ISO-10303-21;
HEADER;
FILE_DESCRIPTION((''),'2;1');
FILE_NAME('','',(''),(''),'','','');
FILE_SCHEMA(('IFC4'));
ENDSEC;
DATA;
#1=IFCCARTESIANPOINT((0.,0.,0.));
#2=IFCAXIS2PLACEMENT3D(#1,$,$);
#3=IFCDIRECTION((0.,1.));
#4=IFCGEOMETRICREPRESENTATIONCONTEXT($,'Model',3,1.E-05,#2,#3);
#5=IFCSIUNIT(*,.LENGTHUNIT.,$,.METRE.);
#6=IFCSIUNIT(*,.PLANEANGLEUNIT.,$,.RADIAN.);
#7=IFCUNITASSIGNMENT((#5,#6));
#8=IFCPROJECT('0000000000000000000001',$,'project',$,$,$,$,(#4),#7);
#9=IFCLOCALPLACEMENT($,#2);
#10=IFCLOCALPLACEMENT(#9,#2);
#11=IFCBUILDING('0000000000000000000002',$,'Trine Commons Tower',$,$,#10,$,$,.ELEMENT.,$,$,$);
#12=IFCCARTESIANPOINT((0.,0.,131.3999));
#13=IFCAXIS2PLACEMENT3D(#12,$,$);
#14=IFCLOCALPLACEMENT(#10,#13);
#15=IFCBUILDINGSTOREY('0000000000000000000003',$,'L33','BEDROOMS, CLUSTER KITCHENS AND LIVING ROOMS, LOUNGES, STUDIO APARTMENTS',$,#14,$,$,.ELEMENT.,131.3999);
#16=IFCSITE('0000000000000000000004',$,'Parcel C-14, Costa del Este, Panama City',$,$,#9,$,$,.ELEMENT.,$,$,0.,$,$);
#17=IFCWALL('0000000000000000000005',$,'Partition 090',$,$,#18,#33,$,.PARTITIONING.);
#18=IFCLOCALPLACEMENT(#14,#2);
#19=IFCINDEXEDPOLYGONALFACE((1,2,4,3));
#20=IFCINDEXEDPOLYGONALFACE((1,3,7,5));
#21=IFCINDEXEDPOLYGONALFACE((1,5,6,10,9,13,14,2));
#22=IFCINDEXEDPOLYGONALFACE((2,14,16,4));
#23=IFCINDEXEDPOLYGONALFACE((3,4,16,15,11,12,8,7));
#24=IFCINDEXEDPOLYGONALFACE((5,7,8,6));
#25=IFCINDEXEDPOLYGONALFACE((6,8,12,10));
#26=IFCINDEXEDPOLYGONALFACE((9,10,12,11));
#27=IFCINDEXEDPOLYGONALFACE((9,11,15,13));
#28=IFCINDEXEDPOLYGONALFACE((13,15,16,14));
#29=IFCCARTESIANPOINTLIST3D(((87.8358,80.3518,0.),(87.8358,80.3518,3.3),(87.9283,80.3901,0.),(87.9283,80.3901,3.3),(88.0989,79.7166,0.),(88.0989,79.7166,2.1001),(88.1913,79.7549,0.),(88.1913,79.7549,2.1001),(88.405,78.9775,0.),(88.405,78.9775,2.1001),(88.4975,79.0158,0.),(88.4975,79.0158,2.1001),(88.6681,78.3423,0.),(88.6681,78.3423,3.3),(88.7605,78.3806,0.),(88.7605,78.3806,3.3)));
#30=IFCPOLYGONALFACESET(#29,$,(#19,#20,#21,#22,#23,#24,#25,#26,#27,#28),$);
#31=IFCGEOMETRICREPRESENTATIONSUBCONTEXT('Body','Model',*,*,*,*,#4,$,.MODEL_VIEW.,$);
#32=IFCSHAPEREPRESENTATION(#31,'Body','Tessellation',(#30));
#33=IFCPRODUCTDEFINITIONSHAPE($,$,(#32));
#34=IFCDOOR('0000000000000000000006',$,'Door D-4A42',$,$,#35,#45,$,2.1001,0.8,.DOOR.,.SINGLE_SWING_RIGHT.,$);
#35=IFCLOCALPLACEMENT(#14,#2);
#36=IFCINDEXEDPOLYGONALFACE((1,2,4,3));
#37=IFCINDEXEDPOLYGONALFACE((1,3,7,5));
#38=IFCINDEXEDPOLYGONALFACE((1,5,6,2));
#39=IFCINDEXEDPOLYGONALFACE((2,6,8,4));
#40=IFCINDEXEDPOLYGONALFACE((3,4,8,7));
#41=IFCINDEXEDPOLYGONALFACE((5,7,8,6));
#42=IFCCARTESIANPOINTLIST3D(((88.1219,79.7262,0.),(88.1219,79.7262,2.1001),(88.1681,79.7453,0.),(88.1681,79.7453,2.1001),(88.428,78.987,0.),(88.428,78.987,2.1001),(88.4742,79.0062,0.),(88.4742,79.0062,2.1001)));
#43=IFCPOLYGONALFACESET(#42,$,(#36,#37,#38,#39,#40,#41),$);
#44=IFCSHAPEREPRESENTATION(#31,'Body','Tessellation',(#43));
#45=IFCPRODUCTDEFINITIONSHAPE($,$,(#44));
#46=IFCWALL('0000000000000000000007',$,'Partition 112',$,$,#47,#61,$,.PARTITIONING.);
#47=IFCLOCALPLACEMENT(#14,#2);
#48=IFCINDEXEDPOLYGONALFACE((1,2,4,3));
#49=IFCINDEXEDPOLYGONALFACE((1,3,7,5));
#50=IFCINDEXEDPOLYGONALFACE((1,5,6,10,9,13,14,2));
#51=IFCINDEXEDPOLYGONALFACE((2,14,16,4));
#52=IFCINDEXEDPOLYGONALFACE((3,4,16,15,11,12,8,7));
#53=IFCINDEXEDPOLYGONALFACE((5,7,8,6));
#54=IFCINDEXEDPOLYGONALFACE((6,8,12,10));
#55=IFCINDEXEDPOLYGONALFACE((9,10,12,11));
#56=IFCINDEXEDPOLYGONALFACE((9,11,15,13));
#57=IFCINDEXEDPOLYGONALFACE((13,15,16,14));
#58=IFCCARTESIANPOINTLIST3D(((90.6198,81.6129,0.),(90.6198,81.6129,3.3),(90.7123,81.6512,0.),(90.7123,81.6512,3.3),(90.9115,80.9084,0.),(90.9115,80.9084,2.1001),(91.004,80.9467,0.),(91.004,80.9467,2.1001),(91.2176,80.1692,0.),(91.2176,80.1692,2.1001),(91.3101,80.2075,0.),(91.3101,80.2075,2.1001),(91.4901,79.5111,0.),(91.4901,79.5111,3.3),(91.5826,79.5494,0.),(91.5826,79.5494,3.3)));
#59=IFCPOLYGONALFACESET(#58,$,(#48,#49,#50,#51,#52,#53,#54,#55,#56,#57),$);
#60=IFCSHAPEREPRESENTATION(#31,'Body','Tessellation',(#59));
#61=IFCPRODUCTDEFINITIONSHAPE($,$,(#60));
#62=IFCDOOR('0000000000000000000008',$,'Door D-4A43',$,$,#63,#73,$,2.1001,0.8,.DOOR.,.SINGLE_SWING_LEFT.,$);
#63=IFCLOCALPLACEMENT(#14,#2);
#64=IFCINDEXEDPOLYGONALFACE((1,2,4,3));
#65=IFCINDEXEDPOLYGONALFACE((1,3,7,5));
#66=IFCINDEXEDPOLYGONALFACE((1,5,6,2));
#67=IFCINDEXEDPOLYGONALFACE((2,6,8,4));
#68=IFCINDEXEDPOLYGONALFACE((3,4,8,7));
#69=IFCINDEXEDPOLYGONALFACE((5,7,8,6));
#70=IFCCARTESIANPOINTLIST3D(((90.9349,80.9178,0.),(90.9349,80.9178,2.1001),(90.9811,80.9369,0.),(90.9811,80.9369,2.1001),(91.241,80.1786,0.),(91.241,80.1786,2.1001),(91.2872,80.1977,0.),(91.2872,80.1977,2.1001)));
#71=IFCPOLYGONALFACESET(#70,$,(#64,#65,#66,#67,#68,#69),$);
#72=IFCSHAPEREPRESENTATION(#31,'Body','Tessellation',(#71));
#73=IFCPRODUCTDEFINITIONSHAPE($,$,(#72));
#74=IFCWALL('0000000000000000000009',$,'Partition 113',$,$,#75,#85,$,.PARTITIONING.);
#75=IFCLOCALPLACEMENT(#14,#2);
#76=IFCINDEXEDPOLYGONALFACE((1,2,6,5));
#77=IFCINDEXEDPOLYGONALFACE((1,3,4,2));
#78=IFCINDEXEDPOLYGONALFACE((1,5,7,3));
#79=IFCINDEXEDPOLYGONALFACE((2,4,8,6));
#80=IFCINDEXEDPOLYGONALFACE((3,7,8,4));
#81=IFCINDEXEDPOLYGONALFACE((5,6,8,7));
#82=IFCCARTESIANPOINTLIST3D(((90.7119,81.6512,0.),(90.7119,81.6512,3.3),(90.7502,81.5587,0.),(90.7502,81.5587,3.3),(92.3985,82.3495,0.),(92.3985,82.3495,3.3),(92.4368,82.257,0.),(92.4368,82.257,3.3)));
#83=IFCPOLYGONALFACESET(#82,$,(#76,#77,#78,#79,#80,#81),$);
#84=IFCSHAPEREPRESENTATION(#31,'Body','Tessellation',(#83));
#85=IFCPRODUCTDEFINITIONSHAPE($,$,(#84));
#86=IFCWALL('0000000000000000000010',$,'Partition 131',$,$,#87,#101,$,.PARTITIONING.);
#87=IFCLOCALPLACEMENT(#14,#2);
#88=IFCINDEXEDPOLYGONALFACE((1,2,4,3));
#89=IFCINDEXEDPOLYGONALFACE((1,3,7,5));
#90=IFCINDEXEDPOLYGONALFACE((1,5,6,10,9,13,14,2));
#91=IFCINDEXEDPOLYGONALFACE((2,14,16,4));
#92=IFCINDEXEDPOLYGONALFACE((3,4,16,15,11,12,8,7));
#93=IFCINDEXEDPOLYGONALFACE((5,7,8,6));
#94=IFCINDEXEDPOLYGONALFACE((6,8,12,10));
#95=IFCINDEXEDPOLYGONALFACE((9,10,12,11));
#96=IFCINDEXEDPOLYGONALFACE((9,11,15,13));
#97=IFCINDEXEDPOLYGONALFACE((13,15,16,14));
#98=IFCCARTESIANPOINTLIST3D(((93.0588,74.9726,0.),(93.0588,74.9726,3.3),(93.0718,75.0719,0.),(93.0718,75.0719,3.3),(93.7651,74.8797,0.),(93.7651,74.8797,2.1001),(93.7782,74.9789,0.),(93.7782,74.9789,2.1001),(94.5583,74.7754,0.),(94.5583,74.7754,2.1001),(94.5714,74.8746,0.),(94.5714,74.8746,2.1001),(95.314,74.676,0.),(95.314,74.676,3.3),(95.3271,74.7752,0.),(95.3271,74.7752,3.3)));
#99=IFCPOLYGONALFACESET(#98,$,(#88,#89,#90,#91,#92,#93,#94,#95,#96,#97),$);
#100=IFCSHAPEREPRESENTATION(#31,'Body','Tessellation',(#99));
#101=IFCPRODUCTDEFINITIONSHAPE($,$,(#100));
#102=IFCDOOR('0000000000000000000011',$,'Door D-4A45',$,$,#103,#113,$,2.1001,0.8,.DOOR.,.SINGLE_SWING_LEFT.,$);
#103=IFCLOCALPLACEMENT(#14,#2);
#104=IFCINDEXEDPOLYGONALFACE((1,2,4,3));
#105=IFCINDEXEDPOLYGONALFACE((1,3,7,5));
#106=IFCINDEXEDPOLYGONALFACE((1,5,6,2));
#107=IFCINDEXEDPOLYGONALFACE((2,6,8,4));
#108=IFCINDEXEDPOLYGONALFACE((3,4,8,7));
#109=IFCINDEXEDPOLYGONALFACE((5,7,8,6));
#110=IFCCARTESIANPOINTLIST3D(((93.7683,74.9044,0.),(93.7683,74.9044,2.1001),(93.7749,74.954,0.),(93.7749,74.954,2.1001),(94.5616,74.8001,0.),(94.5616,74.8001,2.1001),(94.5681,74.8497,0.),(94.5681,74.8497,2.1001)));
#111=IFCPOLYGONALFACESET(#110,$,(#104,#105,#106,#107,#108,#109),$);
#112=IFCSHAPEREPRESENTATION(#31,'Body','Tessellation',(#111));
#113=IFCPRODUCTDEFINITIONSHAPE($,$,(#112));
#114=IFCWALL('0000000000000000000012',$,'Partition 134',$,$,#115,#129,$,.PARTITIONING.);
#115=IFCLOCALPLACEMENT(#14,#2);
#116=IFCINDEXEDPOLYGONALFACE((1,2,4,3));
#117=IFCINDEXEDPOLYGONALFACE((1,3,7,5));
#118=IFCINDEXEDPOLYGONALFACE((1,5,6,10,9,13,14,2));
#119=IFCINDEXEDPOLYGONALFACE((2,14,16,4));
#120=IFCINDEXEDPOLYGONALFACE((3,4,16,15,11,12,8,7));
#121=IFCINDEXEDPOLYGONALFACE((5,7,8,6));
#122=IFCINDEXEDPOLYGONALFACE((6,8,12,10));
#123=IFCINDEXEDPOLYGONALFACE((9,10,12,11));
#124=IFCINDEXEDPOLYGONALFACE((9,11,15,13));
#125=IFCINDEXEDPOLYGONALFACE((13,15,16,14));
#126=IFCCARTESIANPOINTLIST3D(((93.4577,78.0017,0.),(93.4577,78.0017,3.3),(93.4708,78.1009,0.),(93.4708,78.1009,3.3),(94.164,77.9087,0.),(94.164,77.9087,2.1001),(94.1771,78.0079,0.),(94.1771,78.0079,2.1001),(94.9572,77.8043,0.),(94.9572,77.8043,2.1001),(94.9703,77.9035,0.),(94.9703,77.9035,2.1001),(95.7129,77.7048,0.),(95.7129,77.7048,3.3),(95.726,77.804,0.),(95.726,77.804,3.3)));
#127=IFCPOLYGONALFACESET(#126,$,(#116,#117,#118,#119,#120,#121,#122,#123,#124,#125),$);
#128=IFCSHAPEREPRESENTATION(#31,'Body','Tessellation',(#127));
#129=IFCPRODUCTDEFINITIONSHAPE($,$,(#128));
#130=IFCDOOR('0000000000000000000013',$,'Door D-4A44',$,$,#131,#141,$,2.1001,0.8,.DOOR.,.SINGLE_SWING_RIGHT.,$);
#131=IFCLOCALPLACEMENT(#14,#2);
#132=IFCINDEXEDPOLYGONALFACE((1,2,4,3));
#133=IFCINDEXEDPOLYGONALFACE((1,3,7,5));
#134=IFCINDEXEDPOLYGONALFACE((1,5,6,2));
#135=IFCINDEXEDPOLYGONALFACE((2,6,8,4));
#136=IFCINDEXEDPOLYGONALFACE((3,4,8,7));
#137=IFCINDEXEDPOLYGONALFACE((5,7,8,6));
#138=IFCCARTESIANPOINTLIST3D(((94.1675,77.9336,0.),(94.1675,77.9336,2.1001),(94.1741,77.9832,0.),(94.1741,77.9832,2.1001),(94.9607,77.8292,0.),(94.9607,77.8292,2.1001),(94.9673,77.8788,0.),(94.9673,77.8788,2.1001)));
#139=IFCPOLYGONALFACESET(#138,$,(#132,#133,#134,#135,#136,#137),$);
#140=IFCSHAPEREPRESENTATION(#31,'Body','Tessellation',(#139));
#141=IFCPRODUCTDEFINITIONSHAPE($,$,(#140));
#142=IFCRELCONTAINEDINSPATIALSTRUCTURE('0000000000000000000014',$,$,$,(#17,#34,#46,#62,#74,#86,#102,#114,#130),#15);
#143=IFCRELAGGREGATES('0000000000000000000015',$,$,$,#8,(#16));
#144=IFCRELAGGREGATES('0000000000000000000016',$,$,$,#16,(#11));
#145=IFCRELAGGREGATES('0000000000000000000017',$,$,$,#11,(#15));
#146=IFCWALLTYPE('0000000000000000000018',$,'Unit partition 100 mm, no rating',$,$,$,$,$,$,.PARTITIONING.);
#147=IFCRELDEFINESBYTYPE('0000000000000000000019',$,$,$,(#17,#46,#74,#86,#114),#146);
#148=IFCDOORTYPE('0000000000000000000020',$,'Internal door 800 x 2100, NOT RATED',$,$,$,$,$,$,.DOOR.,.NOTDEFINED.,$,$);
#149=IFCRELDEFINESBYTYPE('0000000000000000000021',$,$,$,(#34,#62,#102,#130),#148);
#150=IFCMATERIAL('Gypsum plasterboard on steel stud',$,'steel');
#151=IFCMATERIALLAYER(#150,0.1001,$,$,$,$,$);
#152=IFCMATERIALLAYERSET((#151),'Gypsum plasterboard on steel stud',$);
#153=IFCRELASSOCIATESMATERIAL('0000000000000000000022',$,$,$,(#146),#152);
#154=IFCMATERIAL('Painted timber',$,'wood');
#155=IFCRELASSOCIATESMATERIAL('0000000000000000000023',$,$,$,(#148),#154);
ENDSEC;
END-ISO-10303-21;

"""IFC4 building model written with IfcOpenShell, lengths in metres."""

from ifc_helpers import new_model, si_unit, direction, frame, frame_2d, origin, place, context, subcontext, project, spatial, rectangle, extrude, material, layer, layer_set, type_object, element, fill, save


model = new_model("IFC4")

# Units and contexts
model_context = context("Model", 3, precision=1e-05, world=origin(), true_north=direction((0.0, 1.0)))
body_context = subcontext(model_context, "Body", "Model", "MODEL_VIEW")
ifc_project = project(units=[si_unit("LENGTHUNIT", "METRE"), si_unit("PLANEANGLEUNIT", "RADIAN")], contexts=[model_context])

# Site, building, storey
site_placement = place(None, origin())
site = spatial("IfcSite", under=ifc_project, at=site_placement, Name="Parcel C-14, Costa del Este, Panama City", CompositionType="ELEMENT", RefElevation=0.0)
building_placement = place(site_placement, origin())
building = spatial("IfcBuilding", under=site, at=building_placement, Name="Trine Commons Tower", CompositionType="ELEMENT")
storey_placement = place(building_placement, frame((0.0, 0.0, 131.3999)))
storey = spatial("IfcBuildingStorey", under=building, at=storey_placement, Name="L33", Description="BEDROOMS, CLUSTER KITCHENS AND LIVING ROOMS, LOUNGES, STUDIO APARTMENTS", CompositionType="ELEMENT", Elevation=131.3999)

# Shared definitions
ifc_material_1 = material(Name="Gypsum plasterboard on steel stud", Category="steel")

# Shared definitions
ifc_layer_1 = layer(ifc_material_1, 0.1001)
ifc_layer_set_1 = layer_set([ifc_layer_1], Name="Gypsum plasterboard on steel stud")
wall_type_1 = type_object("IfcWallType", Name="Unit partition 100 mm, no rating", PredefinedType="PARTITIONING", material=ifc_layer_set_1)

# Walls, openings, doors
wall_1_placement = place(storey_placement, frame((87.8821, 80.3708, 0.0), z_axis=(0.0, 0.0, 1.0), x_axis=(0.382646, -0.923895, 0.0)))
wall_1 = element("IfcWall", 1, at=wall_1_placement, inside=storey, type_object=wall_type_1, Name="Partition 090", PredefinedType="PARTITIONING", context=body_context, shape_type="SweptSolid", body=[
    extrude(rectangle(XDim=2.175, YDim=0.1001, at=frame_2d((1.0874, 0.0))), origin(), (0.0, 0.0, 1.0), 3.3),
])
opening_1_placement = place(wall_1_placement, frame((0.6875, 0.0, 0.0)))
opening_1 = element("IfcOpeningElement", 2, at=opening_1_placement, cuts=wall_1, PredefinedType="OPENING", context=body_context, shape_type="SweptSolid", body=[
    extrude(rectangle(XDim=0.8, YDim=2.1001, at=frame_2d((0.3999, 1.05))), frame((0.0, 0.0601, 0.0), z_axis=(0.0, -1.0, 0.0), x_axis=(1.0, 0.0, 0.0)), (0.0, 0.0, 1.0), 0.1201),
])
ifc_material_2 = material(Name="Painted timber", Category="wood")
door_type_1 = type_object("IfcDoorType", Name="Internal door 800 x 2100, NOT RATED", OperationType="NOTDEFINED", PredefinedType="DOOR", material=ifc_material_2)
door_1_placement = place(opening_1_placement, origin())
door_1 = element("IfcDoor", 3, at=door_1_placement, inside=storey, type_object=door_type_1, Name="Door D-4A42", OperationType="SINGLE_SWING_RIGHT", OverallHeight=2.1001, OverallWidth=0.8, PredefinedType="DOOR", context=body_context, shape_type="SweptSolid", body=[
    extrude(rectangle(XDim=0.8, YDim=2.1001, at=frame_2d((0.3999, 1.05))), frame((0.0, 0.0249, 0.0), z_axis=(0.0, -1.0, 0.0), x_axis=(1.0, 0.0, 0.0)), (0.0, 0.0, 1.0), 0.05),
])
fill(opening_1, door_1)
wall_2_placement = place(storey_placement, frame((90.666, 81.6321, 0.0), z_axis=(0.0, 0.0, 1.0), x_axis=(0.382595, -0.923916, 0.0)))
wall_2 = element("IfcWall", 4, at=wall_2_placement, inside=storey, type_object=wall_type_1, Name="Partition 112", PredefinedType="PARTITIONING", context=body_context, shape_type="SweptSolid", body=[
    extrude(rectangle(XDim=2.2749, YDim=0.1001, at=frame_2d((1.1375, 0.0))), origin(), (0.0, 0.0, 1.0), 3.3),
])
opening_2_placement = place(wall_2_placement, frame((0.7627, 0.0, 0.0)))
opening_2 = element("IfcOpeningElement", 5, at=opening_2_placement, cuts=wall_2, PredefinedType="OPENING", context=body_context, shape_type="SweptSolid", body=[
    extrude(rectangle(XDim=0.8, YDim=2.1001, at=frame_2d((0.3999, 1.05))), frame((0.0, 0.0601, 0.0), z_axis=(0.0, -1.0, 0.0), x_axis=(1.0, 0.0, 0.0)), (0.0, 0.0, 1.0), 0.1201),
])
door_2_placement = place(opening_2_placement, frame((0.8, 0.0, 0.0), z_axis=(0.0, 0.0, 1.0), x_axis=(-1.0, 0.0, 0.0)))
door_2 = element("IfcDoor", 6, at=door_2_placement, inside=storey, type_object=door_type_1, Name="Door D-4A43", OperationType="SINGLE_SWING_LEFT", OverallHeight=2.1001, OverallWidth=0.8, PredefinedType="DOOR", context=body_context, shape_type="SweptSolid", body=[
    extrude(rectangle(XDim=0.8, YDim=2.1001, at=frame_2d((0.3999, 1.05))), frame((0.0, 0.0249, 0.0), z_axis=(0.0, -1.0, 0.0), x_axis=(1.0, 0.0, 0.0)), (0.0, 0.0, 1.0), 0.05),
])
fill(opening_2, door_2)

# Wall
wall_3_placement = place(storey_placement, frame((90.7312, 81.605, 0.0), z_axis=(0.0, 0.0, 1.0), x_axis=(0.923945, 0.382525, 0.0)))
element("IfcWall", 7, at=wall_3_placement, inside=storey, type_object=wall_type_1, Name="Partition 113", PredefinedType="PARTITIONING", context=body_context, shape_type="SweptSolid", body=[
    extrude(rectangle(XDim=1.8254, YDim=0.1001, at=frame_2d((0.9126, 0.0))), origin(), (0.0, 0.0, 1.0), 3.3),
])

# Walls, openings, doors
wall_4_placement = place(storey_placement, frame((93.0654, 75.0222, 0.0), z_axis=(0.0, 0.0, 1.0), x_axis=(0.99146, -0.130413, 0.0)))
wall_4 = element("IfcWall", 8, at=wall_4_placement, inside=storey, type_object=wall_type_1, Name="Partition 131", PredefinedType="PARTITIONING", context=body_context, shape_type="SweptSolid", body=[
    extrude(rectangle(XDim=2.2747, YDim=0.1001, at=frame_2d((1.1372, 0.0))), origin(), (0.0, 0.0, 1.0), 3.3),
])
opening_3_placement = place(wall_4_placement, frame((0.7124, 0.0, 0.0)))
opening_3 = element("IfcOpeningElement", 9, at=opening_3_placement, cuts=wall_4, PredefinedType="OPENING", context=body_context, shape_type="SweptSolid", body=[
    extrude(rectangle(XDim=0.8, YDim=2.1001, at=frame_2d((0.3999, 1.05))), frame((0.0, 0.0601, 0.0), z_axis=(0.0, -1.0, 0.0), x_axis=(1.0, 0.0, 0.0)), (0.0, 0.0, 1.0), 0.1201),
])
door_3_placement = place(opening_3_placement, origin())
door_3 = element("IfcDoor", 10, at=door_3_placement, inside=storey, type_object=door_type_1, Name="Door D-4A45", OperationType="SINGLE_SWING_LEFT", OverallHeight=2.1001, OverallWidth=0.8, PredefinedType="DOOR", context=body_context, shape_type="SweptSolid", body=[
    extrude(rectangle(XDim=0.8, YDim=2.1001, at=frame_2d((0.3999, 1.05))), frame((0.0, 0.0249, 0.0), z_axis=(0.0, -1.0, 0.0), x_axis=(1.0, 0.0, 0.0)), (0.0, 0.0, 1.0), 0.05),
])
fill(opening_3, door_3)
wall_5_placement = place(storey_placement, frame((93.4644, 78.0513, 0.0), z_axis=(0.0, 0.0, 1.0), x_axis=(0.991446, -0.130518, 0.0)))
wall_5 = element("IfcWall", 11, at=wall_5_placement, inside=storey, type_object=wall_type_1, Name="Partition 134", PredefinedType="PARTITIONING", context=body_context, shape_type="SweptSolid", body=[
    extrude(rectangle(XDim=2.2747, YDim=0.1001, at=frame_2d((1.1372, 0.0))), origin(), (0.0, 0.0, 1.0), 3.3),
])
opening_4_placement = place(wall_5_placement, frame((0.7124, 0.0, 0.0)))
opening_4 = element("IfcOpeningElement", 12, at=opening_4_placement, cuts=wall_5, PredefinedType="OPENING", context=body_context, shape_type="SweptSolid", body=[
    extrude(rectangle(XDim=0.8, YDim=2.1001, at=frame_2d((0.3999, 1.05))), frame((0.0, 0.0601, 0.0), z_axis=(0.0, -1.0, 0.0), x_axis=(1.0, 0.0, 0.0)), (0.0, 0.0, 1.0), 0.1201),
])
door_4_placement = place(opening_4_placement, frame((0.8, 0.0, 0.0), z_axis=(0.0, 0.0, 1.0), x_axis=(-1.0, 0.0, 0.0)))
door_4 = element("IfcDoor", 13, at=door_4_placement, inside=storey, type_object=door_type_1, Name="Door D-4A44", OperationType="SINGLE_SWING_RIGHT", OverallHeight=2.1001, OverallWidth=0.8, PredefinedType="DOOR", context=body_context, shape_type="SweptSolid", body=[
    extrude(rectangle(XDim=0.8, YDim=2.1001, at=frame_2d((0.3999, 1.05))), frame((0.0, 0.0249, 0.0), z_axis=(0.0, -1.0, 0.0), x_axis=(1.0, 0.0, 0.0)), (0.0, 0.0, 1.0), 0.05),
])
fill(opening_4, door_4)

save(model, "model.ifc")
